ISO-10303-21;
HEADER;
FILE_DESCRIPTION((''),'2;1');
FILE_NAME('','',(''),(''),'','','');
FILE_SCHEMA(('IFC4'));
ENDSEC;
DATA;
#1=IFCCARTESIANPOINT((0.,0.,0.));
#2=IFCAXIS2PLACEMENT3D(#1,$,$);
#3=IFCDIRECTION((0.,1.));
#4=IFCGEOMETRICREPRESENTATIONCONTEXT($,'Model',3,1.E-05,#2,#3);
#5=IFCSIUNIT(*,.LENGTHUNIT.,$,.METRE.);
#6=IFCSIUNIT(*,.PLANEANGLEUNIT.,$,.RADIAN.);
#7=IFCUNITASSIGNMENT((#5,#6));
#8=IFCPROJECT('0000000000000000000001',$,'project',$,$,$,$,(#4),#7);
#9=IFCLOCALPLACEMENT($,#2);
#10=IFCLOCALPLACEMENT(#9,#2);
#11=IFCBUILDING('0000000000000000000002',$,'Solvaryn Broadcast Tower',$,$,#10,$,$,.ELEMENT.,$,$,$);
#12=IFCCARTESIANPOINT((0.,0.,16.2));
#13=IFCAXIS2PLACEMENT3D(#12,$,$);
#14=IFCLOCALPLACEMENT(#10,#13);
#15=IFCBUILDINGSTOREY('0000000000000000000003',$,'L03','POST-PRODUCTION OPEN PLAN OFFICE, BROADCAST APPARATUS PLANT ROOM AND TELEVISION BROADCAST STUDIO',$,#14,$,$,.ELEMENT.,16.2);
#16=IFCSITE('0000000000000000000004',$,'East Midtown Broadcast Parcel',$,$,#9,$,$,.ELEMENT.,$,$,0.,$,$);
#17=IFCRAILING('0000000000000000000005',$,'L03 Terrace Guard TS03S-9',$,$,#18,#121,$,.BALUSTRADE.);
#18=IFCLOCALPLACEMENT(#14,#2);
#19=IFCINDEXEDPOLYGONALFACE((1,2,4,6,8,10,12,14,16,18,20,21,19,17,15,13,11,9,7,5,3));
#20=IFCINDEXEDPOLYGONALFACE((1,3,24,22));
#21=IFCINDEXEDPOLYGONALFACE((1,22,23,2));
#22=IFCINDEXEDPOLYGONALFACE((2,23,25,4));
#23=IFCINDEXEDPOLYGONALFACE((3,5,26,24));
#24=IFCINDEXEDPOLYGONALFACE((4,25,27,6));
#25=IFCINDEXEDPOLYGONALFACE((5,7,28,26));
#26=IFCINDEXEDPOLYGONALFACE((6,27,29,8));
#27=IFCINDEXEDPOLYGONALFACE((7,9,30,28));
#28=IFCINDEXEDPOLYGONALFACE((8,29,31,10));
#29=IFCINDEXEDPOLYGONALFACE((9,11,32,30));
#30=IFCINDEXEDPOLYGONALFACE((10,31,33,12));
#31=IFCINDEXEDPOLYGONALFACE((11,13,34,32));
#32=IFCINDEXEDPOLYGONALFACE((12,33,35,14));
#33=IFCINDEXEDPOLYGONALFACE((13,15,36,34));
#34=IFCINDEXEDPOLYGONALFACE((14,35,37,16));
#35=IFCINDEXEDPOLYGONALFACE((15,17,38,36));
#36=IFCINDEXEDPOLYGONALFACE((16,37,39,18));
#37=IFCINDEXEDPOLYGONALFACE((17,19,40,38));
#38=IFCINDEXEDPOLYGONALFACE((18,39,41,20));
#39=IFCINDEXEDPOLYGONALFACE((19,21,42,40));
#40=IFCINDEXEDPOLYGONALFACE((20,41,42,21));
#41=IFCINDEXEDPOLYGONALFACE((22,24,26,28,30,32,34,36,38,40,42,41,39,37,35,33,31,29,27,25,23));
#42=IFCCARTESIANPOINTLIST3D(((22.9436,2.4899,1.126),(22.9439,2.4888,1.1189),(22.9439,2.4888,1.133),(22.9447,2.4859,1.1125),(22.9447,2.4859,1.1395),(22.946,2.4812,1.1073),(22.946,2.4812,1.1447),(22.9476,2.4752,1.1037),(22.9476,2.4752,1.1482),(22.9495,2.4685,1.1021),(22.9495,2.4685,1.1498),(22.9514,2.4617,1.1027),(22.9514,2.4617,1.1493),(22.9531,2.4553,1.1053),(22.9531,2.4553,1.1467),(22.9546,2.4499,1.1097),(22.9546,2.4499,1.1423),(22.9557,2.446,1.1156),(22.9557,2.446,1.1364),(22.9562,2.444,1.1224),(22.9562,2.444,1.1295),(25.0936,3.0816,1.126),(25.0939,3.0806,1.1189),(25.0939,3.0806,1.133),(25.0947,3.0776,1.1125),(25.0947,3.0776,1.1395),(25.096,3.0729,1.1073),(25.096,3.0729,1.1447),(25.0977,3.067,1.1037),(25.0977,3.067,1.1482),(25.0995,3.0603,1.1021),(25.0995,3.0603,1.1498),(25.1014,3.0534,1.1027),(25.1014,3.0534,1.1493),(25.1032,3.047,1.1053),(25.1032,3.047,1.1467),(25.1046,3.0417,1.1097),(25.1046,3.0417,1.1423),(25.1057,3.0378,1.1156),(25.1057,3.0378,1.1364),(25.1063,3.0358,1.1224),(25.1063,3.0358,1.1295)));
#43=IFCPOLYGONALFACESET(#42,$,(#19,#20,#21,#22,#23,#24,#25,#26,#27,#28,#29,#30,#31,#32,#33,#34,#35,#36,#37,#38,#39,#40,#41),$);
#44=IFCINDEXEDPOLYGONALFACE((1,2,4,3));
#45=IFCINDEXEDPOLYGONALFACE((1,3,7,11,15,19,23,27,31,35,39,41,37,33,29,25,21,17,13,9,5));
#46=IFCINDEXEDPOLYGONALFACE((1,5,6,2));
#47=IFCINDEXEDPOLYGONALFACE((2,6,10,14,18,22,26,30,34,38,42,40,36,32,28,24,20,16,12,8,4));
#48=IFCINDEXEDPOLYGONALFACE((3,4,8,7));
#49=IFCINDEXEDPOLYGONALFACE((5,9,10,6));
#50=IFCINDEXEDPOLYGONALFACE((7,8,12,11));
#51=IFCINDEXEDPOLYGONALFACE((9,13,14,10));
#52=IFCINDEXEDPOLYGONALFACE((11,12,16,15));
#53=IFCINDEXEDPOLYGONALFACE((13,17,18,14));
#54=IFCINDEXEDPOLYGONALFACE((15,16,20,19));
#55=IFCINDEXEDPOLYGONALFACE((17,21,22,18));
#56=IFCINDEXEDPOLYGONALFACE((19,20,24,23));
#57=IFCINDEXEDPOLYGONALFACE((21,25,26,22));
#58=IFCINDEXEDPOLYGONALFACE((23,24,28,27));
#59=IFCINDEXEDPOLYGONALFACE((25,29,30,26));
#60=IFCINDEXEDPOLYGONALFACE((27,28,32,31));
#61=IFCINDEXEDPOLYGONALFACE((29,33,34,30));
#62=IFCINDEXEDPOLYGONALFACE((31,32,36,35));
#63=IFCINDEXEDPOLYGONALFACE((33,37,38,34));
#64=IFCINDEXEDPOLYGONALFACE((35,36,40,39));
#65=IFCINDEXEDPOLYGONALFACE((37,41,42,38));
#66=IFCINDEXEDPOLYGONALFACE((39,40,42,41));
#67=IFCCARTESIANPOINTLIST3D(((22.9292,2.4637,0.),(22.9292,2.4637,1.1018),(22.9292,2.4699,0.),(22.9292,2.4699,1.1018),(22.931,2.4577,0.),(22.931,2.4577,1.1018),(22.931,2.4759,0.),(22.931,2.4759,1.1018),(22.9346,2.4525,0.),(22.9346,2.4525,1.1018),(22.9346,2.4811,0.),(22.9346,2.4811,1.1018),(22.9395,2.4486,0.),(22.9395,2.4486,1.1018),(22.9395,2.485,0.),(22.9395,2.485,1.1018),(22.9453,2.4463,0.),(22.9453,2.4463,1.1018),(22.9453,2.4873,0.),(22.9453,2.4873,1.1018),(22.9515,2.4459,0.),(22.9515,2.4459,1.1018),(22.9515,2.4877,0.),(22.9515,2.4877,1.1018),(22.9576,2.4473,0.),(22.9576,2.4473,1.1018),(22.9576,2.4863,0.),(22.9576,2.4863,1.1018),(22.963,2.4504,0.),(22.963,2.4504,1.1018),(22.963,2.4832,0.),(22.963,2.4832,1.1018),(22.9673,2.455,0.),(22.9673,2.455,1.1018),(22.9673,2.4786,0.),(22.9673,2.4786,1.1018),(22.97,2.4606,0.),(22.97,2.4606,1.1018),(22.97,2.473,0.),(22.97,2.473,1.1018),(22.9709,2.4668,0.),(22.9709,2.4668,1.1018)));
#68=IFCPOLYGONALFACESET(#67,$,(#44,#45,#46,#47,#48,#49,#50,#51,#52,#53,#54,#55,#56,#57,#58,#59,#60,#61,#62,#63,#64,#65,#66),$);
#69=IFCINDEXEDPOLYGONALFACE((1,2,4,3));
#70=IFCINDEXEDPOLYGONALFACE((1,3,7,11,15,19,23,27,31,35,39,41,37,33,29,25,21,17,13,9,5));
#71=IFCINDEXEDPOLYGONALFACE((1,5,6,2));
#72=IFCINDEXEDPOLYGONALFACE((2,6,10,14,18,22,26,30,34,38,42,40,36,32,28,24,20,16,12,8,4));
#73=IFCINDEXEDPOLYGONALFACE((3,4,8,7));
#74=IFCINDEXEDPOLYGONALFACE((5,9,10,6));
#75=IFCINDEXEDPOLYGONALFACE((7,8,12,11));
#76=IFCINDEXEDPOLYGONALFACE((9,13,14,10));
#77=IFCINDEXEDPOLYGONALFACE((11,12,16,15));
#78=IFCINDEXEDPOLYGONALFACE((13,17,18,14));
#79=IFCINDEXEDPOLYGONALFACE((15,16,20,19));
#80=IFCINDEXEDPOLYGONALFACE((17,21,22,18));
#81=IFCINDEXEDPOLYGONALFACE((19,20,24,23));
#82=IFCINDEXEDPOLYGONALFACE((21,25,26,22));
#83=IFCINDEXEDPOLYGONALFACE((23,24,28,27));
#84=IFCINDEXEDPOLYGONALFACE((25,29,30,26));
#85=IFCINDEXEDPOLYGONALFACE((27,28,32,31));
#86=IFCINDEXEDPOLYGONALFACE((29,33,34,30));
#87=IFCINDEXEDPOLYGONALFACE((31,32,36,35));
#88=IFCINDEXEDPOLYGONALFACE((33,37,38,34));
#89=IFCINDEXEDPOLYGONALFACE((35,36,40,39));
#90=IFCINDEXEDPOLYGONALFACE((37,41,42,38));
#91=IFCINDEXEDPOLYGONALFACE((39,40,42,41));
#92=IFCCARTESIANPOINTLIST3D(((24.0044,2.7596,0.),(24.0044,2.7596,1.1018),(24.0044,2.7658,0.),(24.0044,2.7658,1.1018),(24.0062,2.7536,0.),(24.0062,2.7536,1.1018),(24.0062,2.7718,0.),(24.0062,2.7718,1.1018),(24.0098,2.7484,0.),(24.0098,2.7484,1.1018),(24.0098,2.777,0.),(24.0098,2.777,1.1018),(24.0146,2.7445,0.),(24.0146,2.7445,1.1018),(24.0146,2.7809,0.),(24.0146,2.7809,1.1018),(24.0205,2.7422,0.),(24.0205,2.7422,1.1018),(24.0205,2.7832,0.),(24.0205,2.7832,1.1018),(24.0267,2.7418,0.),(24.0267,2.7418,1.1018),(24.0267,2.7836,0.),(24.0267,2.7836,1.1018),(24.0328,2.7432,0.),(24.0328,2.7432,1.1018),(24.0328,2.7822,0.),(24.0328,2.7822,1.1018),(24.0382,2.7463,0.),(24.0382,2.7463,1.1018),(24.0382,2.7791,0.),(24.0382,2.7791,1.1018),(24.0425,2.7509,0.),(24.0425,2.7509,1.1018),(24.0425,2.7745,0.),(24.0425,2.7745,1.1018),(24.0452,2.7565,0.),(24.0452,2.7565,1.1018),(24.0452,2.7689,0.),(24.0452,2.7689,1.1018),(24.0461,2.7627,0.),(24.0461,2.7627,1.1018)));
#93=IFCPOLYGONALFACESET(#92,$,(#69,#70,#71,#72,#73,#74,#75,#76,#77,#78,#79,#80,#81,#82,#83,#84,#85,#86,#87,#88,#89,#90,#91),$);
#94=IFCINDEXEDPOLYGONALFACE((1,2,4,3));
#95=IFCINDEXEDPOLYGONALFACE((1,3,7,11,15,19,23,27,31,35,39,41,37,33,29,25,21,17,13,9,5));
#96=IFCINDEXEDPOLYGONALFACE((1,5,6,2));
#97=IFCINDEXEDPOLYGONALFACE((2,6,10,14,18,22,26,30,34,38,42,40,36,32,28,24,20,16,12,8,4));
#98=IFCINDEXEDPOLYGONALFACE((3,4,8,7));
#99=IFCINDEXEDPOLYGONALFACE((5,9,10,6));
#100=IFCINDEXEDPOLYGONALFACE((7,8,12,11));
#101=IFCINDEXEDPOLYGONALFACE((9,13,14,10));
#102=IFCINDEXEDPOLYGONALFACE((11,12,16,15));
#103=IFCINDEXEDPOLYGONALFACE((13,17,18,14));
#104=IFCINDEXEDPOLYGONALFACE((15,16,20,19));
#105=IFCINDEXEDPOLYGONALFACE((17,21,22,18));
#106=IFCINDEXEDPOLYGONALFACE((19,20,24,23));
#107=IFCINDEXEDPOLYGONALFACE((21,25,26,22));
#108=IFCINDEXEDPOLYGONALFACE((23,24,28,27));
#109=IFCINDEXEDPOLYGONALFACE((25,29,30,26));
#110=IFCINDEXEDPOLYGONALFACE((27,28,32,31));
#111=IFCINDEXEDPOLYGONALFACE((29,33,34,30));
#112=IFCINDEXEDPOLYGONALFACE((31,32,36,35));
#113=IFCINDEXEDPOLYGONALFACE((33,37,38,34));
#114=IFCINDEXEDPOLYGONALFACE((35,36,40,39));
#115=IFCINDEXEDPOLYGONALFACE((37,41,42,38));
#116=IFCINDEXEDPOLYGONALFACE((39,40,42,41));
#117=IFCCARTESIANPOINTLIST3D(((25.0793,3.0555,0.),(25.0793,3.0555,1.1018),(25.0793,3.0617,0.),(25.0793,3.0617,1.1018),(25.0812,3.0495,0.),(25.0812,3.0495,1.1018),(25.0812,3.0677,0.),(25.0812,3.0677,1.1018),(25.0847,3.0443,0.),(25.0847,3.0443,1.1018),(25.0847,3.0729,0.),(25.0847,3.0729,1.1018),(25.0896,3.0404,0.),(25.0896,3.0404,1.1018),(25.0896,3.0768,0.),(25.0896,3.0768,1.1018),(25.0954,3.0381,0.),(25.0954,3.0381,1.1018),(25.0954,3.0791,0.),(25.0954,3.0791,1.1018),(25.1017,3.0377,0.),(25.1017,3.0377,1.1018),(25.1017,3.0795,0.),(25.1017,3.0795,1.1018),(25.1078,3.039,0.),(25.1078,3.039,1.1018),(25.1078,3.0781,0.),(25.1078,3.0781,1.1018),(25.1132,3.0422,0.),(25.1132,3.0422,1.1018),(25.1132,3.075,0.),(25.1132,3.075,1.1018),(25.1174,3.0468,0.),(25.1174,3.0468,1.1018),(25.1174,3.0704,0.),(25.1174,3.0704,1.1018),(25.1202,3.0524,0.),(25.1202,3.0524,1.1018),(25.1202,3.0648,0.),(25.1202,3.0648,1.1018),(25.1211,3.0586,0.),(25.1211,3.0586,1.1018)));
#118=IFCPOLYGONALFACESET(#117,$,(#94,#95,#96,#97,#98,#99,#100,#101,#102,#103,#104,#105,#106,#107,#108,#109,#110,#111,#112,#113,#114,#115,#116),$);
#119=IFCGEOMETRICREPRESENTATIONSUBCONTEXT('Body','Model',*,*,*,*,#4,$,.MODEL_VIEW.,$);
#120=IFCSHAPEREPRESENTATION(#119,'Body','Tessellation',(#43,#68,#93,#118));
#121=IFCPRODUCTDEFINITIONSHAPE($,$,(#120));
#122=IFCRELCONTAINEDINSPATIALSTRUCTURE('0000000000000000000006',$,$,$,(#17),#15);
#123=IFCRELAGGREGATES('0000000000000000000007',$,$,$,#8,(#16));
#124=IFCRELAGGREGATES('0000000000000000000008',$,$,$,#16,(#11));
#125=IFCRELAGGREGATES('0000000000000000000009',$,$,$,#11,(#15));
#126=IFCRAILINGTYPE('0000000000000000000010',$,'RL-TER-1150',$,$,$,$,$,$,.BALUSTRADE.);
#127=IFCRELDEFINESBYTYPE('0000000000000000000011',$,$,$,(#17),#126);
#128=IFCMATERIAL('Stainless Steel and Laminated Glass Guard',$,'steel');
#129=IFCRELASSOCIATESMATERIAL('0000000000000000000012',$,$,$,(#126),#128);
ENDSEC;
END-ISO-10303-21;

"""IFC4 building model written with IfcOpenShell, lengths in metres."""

from ifc_helpers import new_model, si_unit, direction, frame, origin, origin_2d, place, context, subcontext, project, spatial, circle, extrude, material, type_object, element, save


model = new_model("IFC4")

# Units and contexts
model_context = context("Model", 3, precision=1e-05, world=origin(), true_north=direction((0.0, 1.0)))
body_context = subcontext(model_context, "Body", "Model", "MODEL_VIEW")
ifc_project = project(units=[si_unit("LENGTHUNIT", "METRE"), si_unit("PLANEANGLEUNIT", "RADIAN")], contexts=[model_context])

# Site, building, storey
site_placement = place(None, origin())
site = spatial("IfcSite", under=ifc_project, at=site_placement, Name="East Midtown Broadcast Parcel", CompositionType="ELEMENT", RefElevation=0.0)
building_placement = place(site_placement, origin())
building = spatial("IfcBuilding", under=site, at=building_placement, Name="Solvaryn Broadcast Tower", CompositionType="ELEMENT")
storey_placement = place(building_placement, frame((0.0, 0.0, 16.2)))
storey = spatial("IfcBuildingStorey", under=building, at=storey_placement, Name="L03", Description="POST-PRODUCTION OPEN PLAN OFFICE, BROADCAST APPARATUS PLANT ROOM AND TELEVISION BROADCAST STUDIO", CompositionType="ELEMENT", Elevation=16.2)

# Railing
ifc_material_1 = material(Name="Stainless Steel and Laminated Glass Guard", Category="steel")
railing_type = type_object("IfcRailingType", Name="RL-TER-1150", PredefinedType="BALUSTRADE", material=ifc_material_1)
railing_1_placement = place(storey_placement, frame((22.95, 2.4668, 0.0)))
element("IfcRailing", 1, at=railing_1_placement, inside=storey, type_object=railing_type, Name="L03 Terrace Guard TS03S-9", PredefinedType="BALUSTRADE", context=body_context, shape_type="SweptSolid", body=[
    extrude(circle(Radius=0.0239, at=origin_2d()), frame((0.0, 0.0, 1.126), z_axis=(0.964147, 0.265368, 0.0), x_axis=(-0.265368, 0.964147, 0.0)), (0.0, 0.0, 1.0), 2.23),
    extrude(circle(Radius=0.021, at=origin_2d()), origin(), (0.0, 0.0, 1.0), 1.1018),
    extrude(circle(Radius=0.021, at=origin_2d()), frame((1.0752, 0.2959, 0.0)), (0.0, 0.0, 1.0), 1.1018),
    extrude(circle(Radius=0.021, at=origin_2d()), frame((2.1501, 0.5918, 0.0)), (0.0, 0.0, 1.0), 1.1018),
])

save(model, "model.ifc")
